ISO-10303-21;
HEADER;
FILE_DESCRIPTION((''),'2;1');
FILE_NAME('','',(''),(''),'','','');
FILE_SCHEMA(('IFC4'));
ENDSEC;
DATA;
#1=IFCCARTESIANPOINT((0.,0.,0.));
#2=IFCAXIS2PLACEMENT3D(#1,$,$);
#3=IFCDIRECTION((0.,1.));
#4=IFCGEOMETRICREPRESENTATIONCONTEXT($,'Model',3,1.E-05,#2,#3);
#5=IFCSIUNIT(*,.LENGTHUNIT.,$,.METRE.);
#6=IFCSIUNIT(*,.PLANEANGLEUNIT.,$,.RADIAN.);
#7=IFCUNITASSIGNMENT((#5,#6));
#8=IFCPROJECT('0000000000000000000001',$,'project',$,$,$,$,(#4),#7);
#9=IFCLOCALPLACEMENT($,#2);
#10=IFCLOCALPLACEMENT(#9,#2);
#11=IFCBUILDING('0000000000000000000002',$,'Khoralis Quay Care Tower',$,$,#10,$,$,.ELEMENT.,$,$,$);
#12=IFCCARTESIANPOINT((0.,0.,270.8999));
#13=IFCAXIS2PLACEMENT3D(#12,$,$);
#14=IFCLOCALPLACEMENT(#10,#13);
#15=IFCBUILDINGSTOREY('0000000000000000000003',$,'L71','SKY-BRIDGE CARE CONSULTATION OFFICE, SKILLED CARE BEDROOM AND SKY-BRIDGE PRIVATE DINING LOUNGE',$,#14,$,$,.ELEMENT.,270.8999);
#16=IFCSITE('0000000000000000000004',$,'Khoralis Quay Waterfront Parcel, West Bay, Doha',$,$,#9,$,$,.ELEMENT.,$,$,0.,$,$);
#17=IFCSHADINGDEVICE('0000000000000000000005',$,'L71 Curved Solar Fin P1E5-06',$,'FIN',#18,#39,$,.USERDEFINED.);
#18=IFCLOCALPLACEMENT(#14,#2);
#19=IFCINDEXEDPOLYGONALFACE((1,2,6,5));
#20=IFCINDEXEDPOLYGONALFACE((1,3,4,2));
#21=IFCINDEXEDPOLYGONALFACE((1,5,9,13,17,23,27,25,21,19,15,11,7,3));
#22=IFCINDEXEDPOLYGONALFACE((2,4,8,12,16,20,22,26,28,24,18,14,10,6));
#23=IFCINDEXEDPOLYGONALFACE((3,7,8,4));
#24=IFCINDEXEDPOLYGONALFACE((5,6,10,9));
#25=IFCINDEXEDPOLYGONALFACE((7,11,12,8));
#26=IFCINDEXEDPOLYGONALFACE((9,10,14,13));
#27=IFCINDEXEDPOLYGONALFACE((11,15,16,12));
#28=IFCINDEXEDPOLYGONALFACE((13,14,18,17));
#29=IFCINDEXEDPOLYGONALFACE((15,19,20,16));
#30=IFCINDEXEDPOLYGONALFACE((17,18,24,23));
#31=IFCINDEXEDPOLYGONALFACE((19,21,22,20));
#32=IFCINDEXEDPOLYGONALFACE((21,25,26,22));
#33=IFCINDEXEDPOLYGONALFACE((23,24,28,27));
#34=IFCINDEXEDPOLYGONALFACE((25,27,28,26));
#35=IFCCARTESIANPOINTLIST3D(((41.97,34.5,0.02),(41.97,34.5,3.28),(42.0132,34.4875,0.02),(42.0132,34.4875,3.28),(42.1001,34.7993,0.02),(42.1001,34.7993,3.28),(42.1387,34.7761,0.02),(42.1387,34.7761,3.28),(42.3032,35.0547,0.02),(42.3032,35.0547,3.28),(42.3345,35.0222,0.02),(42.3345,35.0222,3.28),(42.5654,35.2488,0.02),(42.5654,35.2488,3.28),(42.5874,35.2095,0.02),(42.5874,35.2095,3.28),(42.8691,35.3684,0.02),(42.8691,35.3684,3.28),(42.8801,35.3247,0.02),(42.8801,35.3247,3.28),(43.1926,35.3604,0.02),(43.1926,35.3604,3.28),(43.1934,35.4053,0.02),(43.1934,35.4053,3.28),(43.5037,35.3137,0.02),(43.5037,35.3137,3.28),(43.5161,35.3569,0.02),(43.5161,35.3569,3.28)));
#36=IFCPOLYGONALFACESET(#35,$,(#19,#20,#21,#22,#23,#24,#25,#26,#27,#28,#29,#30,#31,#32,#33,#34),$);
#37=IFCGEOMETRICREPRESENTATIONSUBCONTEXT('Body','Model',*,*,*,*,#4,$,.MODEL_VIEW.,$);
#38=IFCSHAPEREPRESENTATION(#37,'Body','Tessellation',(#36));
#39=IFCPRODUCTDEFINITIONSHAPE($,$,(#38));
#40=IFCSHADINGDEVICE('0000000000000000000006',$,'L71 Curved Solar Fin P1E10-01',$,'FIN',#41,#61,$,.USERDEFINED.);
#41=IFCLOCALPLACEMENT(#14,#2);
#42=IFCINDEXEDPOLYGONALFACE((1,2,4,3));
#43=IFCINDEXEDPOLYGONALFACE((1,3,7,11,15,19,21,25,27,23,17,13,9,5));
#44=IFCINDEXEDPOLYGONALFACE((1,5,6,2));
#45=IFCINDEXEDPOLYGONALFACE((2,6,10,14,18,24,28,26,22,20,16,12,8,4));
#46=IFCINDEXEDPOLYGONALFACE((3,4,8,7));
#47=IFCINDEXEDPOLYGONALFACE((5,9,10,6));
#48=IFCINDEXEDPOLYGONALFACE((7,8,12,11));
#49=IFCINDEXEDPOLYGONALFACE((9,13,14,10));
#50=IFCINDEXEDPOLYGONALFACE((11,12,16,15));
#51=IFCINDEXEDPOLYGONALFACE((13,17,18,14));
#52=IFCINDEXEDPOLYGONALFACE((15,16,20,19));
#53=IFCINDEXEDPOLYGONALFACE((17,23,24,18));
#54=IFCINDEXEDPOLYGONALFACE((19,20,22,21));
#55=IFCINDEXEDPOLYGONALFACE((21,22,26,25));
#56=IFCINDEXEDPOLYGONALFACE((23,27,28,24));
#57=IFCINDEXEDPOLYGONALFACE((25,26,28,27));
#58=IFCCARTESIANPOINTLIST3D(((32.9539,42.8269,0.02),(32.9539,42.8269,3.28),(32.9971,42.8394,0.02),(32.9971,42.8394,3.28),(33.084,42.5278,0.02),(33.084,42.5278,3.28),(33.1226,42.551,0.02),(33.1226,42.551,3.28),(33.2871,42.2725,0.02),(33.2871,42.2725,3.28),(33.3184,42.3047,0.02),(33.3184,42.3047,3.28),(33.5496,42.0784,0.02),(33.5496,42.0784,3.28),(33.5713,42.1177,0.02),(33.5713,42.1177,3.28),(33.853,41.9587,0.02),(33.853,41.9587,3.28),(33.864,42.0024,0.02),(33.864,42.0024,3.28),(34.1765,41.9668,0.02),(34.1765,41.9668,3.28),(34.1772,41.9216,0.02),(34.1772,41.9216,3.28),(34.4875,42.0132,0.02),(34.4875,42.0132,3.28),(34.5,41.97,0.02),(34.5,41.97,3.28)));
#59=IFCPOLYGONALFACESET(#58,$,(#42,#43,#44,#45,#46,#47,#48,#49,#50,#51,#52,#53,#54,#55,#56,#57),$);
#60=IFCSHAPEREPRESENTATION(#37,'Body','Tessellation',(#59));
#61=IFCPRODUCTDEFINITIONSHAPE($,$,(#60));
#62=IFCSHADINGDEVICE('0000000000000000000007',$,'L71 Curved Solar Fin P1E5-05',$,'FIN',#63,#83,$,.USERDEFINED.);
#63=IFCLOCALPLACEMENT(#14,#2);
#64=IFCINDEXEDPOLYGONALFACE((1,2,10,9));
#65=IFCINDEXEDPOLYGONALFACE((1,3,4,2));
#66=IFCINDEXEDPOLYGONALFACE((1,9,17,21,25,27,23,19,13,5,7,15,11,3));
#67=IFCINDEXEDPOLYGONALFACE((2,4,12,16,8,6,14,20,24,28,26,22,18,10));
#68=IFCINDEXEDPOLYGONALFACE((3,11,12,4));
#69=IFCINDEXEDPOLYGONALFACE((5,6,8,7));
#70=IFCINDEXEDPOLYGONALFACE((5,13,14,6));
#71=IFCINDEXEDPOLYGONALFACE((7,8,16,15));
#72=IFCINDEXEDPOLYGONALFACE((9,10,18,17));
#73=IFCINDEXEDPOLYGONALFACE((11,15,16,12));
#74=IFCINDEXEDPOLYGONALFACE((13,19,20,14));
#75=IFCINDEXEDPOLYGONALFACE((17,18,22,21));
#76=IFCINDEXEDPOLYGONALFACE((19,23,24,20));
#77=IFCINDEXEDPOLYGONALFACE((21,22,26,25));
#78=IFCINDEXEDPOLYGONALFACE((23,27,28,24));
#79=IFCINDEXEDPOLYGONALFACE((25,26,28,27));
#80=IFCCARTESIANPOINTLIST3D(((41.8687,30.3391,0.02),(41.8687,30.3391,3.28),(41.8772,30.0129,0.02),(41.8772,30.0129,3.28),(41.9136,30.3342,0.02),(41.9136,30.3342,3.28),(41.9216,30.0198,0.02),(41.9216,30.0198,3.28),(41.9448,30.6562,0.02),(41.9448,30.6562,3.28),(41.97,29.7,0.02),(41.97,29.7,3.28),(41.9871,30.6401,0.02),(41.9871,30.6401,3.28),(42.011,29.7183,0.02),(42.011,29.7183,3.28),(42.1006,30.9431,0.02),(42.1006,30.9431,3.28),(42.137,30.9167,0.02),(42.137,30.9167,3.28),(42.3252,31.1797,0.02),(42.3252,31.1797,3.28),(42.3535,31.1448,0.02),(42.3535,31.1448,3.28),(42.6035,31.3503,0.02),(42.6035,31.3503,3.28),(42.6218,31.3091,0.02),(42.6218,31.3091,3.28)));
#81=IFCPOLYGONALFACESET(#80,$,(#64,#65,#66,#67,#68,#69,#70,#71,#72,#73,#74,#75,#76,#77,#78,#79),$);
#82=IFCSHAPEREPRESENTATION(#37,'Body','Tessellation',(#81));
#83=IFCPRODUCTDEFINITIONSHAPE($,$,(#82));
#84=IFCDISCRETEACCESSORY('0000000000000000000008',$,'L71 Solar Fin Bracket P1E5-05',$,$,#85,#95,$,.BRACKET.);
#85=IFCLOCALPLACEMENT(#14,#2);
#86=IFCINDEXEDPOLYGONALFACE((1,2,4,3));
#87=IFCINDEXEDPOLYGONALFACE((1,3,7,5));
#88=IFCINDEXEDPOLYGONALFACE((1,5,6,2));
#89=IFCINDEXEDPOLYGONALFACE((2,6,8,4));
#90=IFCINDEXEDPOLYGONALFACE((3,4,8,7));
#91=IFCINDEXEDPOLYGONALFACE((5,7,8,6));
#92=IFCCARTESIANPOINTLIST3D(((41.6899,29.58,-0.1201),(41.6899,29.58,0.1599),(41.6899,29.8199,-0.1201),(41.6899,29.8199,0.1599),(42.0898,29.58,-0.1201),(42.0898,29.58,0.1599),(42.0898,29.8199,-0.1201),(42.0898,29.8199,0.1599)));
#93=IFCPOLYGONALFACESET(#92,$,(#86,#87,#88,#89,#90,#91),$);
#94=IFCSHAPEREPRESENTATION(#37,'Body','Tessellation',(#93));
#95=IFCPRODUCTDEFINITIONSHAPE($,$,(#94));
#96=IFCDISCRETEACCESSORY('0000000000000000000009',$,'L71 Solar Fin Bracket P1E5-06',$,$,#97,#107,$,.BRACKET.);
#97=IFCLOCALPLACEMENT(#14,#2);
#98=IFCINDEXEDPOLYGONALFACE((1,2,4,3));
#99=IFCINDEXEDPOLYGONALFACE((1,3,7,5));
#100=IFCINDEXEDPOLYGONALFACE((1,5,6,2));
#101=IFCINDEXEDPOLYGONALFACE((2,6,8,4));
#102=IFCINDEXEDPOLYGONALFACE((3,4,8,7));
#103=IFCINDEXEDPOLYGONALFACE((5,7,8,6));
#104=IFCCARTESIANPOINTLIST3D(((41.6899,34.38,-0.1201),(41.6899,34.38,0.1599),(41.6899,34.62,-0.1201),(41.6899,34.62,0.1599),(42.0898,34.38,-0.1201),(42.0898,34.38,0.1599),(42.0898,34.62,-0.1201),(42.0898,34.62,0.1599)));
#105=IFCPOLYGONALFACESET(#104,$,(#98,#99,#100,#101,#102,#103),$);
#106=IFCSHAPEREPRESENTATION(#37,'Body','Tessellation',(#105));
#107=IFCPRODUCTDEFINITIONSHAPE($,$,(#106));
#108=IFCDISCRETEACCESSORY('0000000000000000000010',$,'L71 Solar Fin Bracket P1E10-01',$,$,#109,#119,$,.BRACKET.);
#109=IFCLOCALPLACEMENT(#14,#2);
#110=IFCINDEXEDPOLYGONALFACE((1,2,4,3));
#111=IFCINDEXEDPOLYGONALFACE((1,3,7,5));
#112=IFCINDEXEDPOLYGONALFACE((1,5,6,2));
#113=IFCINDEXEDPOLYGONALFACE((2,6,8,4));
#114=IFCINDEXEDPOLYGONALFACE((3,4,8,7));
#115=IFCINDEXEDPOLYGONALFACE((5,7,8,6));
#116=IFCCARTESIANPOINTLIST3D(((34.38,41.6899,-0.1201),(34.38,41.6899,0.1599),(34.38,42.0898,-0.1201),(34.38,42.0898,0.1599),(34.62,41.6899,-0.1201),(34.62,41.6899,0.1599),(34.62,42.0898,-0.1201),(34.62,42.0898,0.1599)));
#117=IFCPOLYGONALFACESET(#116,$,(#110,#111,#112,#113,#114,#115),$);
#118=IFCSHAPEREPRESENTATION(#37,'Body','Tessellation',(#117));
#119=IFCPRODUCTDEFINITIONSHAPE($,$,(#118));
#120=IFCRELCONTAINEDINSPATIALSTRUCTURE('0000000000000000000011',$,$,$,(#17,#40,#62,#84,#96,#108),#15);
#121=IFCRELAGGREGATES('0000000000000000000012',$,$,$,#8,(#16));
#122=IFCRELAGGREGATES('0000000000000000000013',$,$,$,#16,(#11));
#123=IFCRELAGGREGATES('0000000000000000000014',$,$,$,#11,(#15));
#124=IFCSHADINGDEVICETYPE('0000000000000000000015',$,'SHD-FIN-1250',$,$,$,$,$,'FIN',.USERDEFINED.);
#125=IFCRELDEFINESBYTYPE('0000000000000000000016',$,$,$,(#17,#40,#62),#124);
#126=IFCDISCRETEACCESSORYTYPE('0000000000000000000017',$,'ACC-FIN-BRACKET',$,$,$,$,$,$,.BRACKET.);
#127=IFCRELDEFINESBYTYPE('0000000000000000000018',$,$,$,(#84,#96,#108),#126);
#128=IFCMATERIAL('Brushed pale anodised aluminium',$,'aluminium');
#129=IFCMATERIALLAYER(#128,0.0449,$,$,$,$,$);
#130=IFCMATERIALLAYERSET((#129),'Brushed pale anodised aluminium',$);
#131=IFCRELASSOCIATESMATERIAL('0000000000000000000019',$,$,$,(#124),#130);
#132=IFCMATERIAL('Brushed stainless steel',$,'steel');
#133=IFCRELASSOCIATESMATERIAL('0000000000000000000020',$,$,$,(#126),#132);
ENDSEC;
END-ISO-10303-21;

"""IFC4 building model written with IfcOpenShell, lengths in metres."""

from ifc_helpers import new_model, si_unit, direction, frame, origin, origin_2d, place, context, subcontext, project, spatial, polyline, rectangle, outline, extrude, source, transform, mapped, material, layer, layer_set, type_object, element, save


model = new_model("IFC4")

# Units and contexts
model_context = context("Model", 3, precision=1e-05, world=origin(), true_north=direction((0.0, 1.0)))
body_context = subcontext(model_context, "Body", "Model", "MODEL_VIEW")
ifc_project = project(units=[si_unit("LENGTHUNIT", "METRE"), si_unit("PLANEANGLEUNIT", "RADIAN")], contexts=[model_context])

# Site, building, storey
site_placement = place(None, origin())
site = spatial("IfcSite", under=ifc_project, at=site_placement, Name="Khoralis Quay Waterfront Parcel, West Bay, Doha", CompositionType="ELEMENT", RefElevation=0.0)
building_placement = place(site_placement, origin())
building = spatial("IfcBuilding", under=site, at=building_placement, Name="Khoralis Quay Care Tower", CompositionType="ELEMENT")
storey_placement = place(building_placement, frame((0.0, 0.0, 270.8999)))
storey = spatial("IfcBuildingStorey", under=building, at=storey_placement, Name="L71", Description="SKY-BRIDGE CARE CONSULTATION OFFICE, SKILLED CARE BEDROOM AND SKY-BRIDGE PRIVATE DINING LOUNGE", CompositionType="ELEMENT", Elevation=270.8999)

# Shading devices
ifc_material_1 = material(Name="Brushed pale anodised aluminium", Category="aluminium")
ifc_layer_1 = layer(ifc_material_1, 0.0449)
ifc_layer_set_1 = layer_set([ifc_layer_1], Name="Brushed pale anodised aluminium")
shading_device_type = type_object("IfcShadingDeviceType", Name="SHD-FIN-1250", ElementType="FIN", PredefinedType="USERDEFINED", material=ifc_layer_set_1)
shared_shape_1 = source(origin(), body_context, "Body", "SweptSolid", [
    extrude(outline(polyline([(0.0, 0.0), (0.1301, 0.2993), (0.3333, 0.5547), (0.5955, 0.7488), (0.8992, 0.8684), (1.2234, 0.9053), (1.5461, 0.8569), (1.5337, 0.8137), (1.2227, 0.8604), (0.9102, 0.8247), (0.6174, 0.7095), (0.3645, 0.5222), (0.1687, 0.2761), (0.0432, -0.0125), (0.0, 0.0)])), origin(), (0.0, 0.0, 1.0), 3.26),
])
shading_device_1_placement = place(storey_placement, frame((41.97, 34.5, 0.02), z_axis=(0.0, 0.0, 1.0), x_axis=(1.0, 0.0, 0.0)))
element("IfcShadingDevice", 1, at=shading_device_1_placement, inside=storey, type_object=shading_device_type, Name="L71 Curved Solar Fin P1E5-06", ObjectType="FIN", PredefinedType="USERDEFINED", context=body_context, shape_type="MappedRepresentation", body=[
    mapped(shared_shape_1, transform((0.0, 0.0, 0.0), scale=1.0)),
])
shared_shape_2 = source(origin(), body_context, "Body", "SweptSolid", [
    extrude(outline(polyline([(0.0, 0.0), (-0.0483, 0.3228), (-0.0112, 0.647), (0.1084, 0.9504), (0.3025, 1.2129), (0.5579, 1.416), (0.8569, 1.5461), (0.8694, 1.5029), (0.5811, 1.3774), (0.3347, 1.1816), (0.1477, 0.9287), (0.0325, 0.636), (-0.0032, 0.3235), (0.0432, 0.0125), (0.0, 0.0)])), origin(), (0.0, 0.0, 1.0), 3.26),
])
shading_device_2_placement = place(storey_placement, frame((34.5, 41.97, 0.02), z_axis=(0.0, 0.0, 1.0), x_axis=(0.0, 1.0, 0.0)))
element("IfcShadingDevice", 2, at=shading_device_2_placement, inside=storey, type_object=shading_device_type, Name="L71 Curved Solar Fin P1E10-01", ObjectType="FIN", PredefinedType="USERDEFINED", context=body_context, shape_type="MappedRepresentation", body=[
    mapped(shared_shape_2, transform((0.0, 0.0, 0.0), scale=1.0)),
])
shared_shape_3 = source(origin(), body_context, "Body", "SweptSolid", [
    extrude(outline(polyline([(0.0, 0.0), (-0.0928, 0.313), (-0.1013, 0.6392), (-0.0251, 0.9563), (0.1306, 1.2432), (0.3552, 1.4797), (0.6335, 1.6504), (0.6519, 1.6091), (0.3835, 1.4448), (0.167, 1.2168), (0.0171, 0.9402), (-0.0564, 0.6343), (-0.0483, 0.3198), (0.041, 0.0183), (0.0, 0.0)])), origin(), (0.0, 0.0, 1.0), 3.26),
])
shading_device_3_placement = place(storey_placement, frame((41.97, 29.7, 0.02), z_axis=(0.0, 0.0, 1.0), x_axis=(1.0, 0.0, 0.0)))
element("IfcShadingDevice", 3, at=shading_device_3_placement, inside=storey, type_object=shading_device_type, Name="L71 Curved Solar Fin P1E5-05", ObjectType="FIN", PredefinedType="USERDEFINED", context=body_context, shape_type="MappedRepresentation", body=[
    mapped(shared_shape_3, transform((0.0, 0.0, 0.0), scale=1.0)),
])

# Discrete accessories
ifc_material_2 = material(Name="Brushed stainless steel", Category="steel")
discrete_accessory_type = type_object("IfcDiscreteAccessoryType", Name="ACC-FIN-BRACKET", PredefinedType="BRACKET", material=ifc_material_2)
shared_shape_4 = source(origin(), body_context, "Body", "SweptSolid", [
    extrude(rectangle(XDim=0.3999, YDim=0.24, at=origin_2d()), origin(), (0.0, 0.0, 1.0), 0.28),
])
for number, where, z_axis, x_axis, name in (
    (4, (41.8899, 29.7, -0.1201), (0.0, 0.0, 1.0), (1.0, 0.0, 0.0), "L71 Solar Fin Bracket P1E5-05"),
    (5, (41.8899, 34.5, -0.1201), (0.0, 0.0, 1.0), (1.0, 0.0, 0.0), "L71 Solar Fin Bracket P1E5-06"),
    (6, (34.5, 41.8899, -0.1201), (0.0, 0.0, 1.0), (0.0, 1.0, 0.0), "L71 Solar Fin Bracket P1E10-01"),
):
    element("IfcDiscreteAccessory", number, at=place(storey_placement, frame(where, z_axis=z_axis, x_axis=x_axis)), inside=storey, type_object=discrete_accessory_type, Name=name, PredefinedType="BRACKET", context=body_context, shape_type="MappedRepresentation", body=[
        mapped(shared_shape_4, transform((0.0, 0.0, 0.0), scale=1.0)),
    ])

save(model, "model.ifc")
